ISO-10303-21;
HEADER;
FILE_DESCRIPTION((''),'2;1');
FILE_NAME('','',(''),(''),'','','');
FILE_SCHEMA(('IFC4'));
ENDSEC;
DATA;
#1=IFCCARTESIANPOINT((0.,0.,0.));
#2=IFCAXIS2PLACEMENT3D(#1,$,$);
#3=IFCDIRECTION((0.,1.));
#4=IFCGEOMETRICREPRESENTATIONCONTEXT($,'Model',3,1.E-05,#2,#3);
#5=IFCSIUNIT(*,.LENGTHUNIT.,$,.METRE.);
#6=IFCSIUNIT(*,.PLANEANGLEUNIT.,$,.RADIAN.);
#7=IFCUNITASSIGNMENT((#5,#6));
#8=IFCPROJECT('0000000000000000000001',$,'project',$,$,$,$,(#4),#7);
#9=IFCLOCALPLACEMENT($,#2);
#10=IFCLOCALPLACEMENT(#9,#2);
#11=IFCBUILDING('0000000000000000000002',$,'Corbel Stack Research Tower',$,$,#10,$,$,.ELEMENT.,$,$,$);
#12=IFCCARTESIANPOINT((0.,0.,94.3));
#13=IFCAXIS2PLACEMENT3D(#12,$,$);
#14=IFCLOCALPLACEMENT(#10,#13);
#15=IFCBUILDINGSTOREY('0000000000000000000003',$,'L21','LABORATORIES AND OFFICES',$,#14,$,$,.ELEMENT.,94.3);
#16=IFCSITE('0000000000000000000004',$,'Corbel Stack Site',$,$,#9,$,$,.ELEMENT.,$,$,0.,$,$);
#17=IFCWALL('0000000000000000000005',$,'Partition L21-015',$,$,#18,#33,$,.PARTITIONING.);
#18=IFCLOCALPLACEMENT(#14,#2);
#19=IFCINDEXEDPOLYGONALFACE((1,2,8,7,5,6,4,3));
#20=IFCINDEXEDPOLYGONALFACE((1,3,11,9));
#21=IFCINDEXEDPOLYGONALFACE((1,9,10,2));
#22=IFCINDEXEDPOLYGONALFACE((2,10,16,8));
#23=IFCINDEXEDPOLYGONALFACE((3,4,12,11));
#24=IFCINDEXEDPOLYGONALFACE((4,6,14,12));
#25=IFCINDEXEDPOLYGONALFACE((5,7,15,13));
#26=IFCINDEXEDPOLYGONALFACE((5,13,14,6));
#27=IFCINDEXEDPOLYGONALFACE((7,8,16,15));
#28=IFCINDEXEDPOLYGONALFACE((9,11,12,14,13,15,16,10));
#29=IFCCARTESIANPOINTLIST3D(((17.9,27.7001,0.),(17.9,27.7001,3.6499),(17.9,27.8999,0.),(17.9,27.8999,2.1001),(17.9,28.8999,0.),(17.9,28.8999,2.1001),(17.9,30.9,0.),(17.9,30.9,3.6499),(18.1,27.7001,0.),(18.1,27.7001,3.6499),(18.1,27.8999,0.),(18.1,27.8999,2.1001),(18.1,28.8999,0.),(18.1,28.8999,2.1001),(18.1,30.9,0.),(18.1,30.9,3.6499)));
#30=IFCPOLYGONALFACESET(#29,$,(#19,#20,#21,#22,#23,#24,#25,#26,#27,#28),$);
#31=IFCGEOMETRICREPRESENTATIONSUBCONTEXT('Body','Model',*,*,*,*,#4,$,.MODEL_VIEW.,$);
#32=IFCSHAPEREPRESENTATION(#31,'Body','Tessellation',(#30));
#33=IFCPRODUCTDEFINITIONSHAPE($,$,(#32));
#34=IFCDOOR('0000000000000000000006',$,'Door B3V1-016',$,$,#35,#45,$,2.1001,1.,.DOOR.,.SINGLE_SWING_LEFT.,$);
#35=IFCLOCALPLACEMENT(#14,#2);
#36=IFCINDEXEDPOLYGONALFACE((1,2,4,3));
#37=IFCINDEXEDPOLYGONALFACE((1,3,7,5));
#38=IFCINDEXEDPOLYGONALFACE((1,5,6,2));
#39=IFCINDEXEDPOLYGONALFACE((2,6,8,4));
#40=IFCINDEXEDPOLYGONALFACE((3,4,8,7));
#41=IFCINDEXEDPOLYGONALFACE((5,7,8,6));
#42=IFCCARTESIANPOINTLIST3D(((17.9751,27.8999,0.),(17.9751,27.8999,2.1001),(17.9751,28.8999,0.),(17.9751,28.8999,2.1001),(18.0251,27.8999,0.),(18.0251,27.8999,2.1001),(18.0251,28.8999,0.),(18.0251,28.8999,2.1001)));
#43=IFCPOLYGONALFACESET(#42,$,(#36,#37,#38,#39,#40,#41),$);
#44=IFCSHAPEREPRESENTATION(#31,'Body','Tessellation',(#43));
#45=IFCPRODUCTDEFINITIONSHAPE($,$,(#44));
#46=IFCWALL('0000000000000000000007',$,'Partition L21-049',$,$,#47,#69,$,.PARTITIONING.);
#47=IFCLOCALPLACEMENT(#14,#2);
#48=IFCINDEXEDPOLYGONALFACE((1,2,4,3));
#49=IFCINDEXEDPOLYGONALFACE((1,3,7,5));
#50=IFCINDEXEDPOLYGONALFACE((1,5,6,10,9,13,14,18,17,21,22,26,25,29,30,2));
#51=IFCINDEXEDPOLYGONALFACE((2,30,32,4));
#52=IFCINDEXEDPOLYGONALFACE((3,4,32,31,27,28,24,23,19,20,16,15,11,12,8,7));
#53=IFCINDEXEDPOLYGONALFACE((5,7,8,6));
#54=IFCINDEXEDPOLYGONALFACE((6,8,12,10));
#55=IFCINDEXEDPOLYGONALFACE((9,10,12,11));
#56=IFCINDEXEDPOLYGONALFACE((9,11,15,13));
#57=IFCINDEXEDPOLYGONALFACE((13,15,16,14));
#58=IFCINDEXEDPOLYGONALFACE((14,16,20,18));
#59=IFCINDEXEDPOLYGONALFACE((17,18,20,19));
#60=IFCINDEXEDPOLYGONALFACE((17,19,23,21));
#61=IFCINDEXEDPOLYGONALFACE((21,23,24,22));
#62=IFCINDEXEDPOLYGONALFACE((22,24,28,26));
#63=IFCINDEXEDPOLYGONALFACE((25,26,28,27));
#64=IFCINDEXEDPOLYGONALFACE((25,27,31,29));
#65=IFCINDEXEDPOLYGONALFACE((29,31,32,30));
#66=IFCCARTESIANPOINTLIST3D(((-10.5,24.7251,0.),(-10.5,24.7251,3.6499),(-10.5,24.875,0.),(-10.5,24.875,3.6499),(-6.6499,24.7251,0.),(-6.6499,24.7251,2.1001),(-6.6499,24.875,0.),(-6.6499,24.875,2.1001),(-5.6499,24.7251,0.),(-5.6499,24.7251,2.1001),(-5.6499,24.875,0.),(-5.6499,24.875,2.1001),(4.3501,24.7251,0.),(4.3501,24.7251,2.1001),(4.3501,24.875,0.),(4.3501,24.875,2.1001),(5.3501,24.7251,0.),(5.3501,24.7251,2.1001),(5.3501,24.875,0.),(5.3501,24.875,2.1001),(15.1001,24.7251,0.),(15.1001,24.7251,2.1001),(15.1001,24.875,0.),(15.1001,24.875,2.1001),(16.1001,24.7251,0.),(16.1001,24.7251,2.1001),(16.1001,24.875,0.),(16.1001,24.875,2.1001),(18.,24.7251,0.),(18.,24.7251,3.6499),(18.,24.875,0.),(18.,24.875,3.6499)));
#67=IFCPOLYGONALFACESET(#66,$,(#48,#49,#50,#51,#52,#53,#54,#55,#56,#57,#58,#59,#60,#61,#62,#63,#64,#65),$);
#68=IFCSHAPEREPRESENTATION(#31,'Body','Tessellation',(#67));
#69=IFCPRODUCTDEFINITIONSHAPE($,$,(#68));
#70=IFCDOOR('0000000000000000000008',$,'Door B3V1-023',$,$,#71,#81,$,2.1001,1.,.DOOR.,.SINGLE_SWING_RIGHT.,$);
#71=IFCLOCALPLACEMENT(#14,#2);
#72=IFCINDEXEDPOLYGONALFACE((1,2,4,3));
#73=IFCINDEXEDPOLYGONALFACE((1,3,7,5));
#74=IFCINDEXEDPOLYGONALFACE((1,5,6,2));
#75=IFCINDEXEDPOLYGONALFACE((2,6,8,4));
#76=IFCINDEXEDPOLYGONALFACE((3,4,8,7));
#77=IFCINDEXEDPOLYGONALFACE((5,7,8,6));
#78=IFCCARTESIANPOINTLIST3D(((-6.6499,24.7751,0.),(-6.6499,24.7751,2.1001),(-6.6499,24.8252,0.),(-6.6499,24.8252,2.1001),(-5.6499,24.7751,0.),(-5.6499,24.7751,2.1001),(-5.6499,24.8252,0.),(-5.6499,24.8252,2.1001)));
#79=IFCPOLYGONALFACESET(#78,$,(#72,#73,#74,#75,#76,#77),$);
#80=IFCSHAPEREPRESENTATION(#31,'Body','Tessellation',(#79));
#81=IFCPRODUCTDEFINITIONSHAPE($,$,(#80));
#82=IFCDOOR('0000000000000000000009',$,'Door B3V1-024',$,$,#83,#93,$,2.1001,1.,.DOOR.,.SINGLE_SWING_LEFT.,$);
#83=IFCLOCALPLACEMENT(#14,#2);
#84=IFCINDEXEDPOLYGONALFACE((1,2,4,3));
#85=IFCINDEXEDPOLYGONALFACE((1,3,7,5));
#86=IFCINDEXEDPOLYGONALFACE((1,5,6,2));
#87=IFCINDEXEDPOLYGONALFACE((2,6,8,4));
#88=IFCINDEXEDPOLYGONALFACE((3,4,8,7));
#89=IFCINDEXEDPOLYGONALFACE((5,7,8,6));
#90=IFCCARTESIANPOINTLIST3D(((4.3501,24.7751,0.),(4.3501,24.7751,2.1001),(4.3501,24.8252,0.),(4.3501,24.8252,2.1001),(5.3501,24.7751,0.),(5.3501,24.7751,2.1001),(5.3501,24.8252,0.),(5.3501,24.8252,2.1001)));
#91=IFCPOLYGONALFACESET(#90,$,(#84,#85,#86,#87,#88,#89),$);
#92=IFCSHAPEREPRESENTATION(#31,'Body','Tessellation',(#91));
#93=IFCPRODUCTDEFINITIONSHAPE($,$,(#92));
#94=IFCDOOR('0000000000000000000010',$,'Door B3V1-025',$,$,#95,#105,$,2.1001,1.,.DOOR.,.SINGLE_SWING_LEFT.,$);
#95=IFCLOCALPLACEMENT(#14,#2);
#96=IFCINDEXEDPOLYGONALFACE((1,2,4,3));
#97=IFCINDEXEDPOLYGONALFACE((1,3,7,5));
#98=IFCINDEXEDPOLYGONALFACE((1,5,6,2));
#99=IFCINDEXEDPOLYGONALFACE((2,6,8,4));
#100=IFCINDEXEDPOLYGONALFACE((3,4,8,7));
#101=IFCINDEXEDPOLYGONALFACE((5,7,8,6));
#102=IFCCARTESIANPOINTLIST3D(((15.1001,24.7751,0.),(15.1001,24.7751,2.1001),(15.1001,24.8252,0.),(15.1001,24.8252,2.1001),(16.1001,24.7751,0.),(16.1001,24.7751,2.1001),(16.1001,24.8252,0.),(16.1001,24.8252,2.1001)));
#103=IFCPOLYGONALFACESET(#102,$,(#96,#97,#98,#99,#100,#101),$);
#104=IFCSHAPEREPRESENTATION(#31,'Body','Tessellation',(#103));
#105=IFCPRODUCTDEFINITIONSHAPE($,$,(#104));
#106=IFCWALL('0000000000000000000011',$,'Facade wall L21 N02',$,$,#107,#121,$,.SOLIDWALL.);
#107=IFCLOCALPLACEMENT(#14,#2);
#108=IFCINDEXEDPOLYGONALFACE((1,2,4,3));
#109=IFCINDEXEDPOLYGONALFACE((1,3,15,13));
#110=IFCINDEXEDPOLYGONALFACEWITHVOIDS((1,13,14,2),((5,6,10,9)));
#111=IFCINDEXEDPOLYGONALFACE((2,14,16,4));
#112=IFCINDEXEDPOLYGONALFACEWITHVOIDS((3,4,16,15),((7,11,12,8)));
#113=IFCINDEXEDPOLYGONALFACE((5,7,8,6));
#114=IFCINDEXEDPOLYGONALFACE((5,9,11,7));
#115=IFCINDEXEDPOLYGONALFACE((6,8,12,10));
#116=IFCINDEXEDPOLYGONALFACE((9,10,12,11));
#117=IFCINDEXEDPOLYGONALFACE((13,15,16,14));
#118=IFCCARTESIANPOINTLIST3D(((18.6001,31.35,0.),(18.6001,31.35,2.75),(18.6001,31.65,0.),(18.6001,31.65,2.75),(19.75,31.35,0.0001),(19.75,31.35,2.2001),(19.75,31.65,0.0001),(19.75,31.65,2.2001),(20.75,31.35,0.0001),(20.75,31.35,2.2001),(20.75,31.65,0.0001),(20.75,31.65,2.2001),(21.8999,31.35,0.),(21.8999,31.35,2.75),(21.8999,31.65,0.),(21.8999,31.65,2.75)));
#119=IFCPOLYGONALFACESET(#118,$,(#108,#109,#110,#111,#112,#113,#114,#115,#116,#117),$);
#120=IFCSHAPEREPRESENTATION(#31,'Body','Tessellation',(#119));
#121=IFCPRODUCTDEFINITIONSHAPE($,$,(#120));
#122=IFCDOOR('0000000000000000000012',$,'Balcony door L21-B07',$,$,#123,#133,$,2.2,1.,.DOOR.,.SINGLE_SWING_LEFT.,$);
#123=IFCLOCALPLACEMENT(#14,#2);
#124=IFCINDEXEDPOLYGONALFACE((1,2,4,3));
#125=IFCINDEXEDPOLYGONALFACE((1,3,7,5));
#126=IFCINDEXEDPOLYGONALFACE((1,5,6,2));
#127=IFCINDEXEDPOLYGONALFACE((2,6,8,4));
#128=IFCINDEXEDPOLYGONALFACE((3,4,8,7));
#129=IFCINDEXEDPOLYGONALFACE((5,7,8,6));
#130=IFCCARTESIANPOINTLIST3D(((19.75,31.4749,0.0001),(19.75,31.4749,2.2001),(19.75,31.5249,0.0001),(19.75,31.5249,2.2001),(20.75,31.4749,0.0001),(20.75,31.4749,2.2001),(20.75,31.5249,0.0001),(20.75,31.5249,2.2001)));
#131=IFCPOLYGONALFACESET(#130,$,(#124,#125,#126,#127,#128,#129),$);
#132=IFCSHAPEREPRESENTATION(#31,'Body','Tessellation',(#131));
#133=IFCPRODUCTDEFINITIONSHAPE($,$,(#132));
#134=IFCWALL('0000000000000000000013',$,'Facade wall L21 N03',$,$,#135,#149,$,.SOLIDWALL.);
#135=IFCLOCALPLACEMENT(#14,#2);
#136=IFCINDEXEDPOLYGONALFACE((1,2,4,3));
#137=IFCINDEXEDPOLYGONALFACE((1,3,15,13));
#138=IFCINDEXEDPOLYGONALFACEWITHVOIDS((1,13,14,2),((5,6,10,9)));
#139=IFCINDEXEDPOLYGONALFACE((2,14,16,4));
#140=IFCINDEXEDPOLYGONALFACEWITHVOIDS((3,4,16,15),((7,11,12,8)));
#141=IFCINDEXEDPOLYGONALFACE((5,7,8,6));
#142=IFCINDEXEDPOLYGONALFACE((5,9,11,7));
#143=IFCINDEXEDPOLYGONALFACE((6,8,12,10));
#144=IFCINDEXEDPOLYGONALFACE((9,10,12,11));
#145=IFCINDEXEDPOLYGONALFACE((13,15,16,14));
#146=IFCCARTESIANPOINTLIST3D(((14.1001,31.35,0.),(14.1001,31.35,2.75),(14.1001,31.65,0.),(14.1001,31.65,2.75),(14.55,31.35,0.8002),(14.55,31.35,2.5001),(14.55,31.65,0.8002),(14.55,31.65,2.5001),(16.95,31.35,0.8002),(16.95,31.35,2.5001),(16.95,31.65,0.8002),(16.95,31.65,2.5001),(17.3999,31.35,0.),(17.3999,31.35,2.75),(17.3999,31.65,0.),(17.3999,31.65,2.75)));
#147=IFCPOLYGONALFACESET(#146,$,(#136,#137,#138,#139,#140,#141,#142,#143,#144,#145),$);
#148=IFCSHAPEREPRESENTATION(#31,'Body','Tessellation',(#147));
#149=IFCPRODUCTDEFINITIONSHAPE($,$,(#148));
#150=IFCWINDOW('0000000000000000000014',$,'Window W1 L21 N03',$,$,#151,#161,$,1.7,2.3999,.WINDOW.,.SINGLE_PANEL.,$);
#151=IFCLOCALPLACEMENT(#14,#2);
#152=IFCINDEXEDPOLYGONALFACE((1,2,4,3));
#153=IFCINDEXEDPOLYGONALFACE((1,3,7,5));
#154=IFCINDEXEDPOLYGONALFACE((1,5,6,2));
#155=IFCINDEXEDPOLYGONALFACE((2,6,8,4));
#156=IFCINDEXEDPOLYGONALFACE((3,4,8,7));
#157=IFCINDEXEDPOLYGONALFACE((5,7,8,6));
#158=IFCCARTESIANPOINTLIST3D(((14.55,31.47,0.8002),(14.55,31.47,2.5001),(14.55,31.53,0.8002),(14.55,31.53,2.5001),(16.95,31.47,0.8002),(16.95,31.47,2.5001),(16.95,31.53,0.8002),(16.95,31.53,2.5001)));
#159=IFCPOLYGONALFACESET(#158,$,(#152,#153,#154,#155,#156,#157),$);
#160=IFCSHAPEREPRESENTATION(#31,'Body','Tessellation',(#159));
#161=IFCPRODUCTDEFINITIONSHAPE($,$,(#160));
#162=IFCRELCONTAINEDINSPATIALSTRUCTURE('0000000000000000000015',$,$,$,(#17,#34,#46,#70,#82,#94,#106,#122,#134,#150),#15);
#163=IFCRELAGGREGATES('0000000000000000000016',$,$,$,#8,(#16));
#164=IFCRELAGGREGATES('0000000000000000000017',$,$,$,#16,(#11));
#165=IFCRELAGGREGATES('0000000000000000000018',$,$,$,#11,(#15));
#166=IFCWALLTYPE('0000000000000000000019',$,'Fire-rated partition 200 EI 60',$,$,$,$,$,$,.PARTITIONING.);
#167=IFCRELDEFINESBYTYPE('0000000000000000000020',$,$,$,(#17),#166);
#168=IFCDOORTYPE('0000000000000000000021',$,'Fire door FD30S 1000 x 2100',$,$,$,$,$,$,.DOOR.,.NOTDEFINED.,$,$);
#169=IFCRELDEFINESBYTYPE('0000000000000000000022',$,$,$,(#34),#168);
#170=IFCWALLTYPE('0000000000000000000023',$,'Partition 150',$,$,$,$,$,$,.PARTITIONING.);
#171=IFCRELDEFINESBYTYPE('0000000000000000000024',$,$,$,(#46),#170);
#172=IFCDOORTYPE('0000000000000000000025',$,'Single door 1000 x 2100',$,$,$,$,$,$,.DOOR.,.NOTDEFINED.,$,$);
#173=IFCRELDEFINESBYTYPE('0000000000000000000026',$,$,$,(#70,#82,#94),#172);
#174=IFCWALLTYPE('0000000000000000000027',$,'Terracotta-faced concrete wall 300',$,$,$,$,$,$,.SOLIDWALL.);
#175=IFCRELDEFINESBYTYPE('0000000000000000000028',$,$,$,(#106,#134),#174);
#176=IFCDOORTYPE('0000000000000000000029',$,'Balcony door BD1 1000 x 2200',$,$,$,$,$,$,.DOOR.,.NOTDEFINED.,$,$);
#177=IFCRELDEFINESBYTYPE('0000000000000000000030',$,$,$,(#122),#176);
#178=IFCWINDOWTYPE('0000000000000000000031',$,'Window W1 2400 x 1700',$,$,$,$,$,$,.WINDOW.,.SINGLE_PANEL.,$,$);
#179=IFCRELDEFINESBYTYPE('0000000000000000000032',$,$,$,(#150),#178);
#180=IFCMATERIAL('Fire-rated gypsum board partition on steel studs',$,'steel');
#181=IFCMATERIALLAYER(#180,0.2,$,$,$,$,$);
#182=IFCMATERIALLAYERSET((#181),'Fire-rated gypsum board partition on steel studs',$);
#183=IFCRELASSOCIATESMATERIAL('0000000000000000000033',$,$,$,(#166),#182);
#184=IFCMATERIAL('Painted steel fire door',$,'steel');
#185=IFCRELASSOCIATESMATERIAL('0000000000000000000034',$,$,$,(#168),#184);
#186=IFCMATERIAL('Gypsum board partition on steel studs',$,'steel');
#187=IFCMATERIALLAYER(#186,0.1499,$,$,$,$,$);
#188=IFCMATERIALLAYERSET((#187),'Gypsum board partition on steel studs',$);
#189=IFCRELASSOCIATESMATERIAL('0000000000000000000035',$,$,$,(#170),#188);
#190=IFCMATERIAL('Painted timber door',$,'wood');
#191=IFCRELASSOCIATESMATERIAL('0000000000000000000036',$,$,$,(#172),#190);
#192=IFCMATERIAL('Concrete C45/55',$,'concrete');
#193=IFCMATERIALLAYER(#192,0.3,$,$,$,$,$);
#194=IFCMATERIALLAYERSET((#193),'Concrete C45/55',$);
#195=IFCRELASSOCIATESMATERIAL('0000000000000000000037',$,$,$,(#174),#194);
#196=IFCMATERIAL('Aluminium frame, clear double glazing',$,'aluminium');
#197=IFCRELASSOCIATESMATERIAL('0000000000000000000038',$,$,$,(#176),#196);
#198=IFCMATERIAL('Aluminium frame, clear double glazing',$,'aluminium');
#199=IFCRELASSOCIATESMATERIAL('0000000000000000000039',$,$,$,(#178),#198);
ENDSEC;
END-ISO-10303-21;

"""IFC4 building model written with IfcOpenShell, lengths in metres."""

from ifc_helpers import new_model, si_unit, direction, frame, frame_2d, origin, place, context, subcontext, project, spatial, rectangle, extrude, material, layer, layer_set, type_object, element, fill, save


model = new_model("IFC4")

# Units and contexts
model_context = context("Model", 3, precision=1e-05, world=origin(), true_north=direction((0.0, 1.0)))
body_context = subcontext(model_context, "Body", "Model", "MODEL_VIEW")
ifc_project = project(units=[si_unit("LENGTHUNIT", "METRE"), si_unit("PLANEANGLEUNIT", "RADIAN")], contexts=[model_context])

# Site, building, storey
site_placement = place(None, origin())
site = spatial("IfcSite", under=ifc_project, at=site_placement, Name="Corbel Stack Site", CompositionType="ELEMENT", RefElevation=0.0)
building_placement = place(site_placement, origin())
building = spatial("IfcBuilding", under=site, at=building_placement, Name="Corbel Stack Research Tower", CompositionType="ELEMENT")
storey_placement = place(building_placement, frame((0.0, 0.0, 94.3)))
storey = spatial("IfcBuildingStorey", under=building, at=storey_placement, Name="L21", Description="LABORATORIES AND OFFICES", CompositionType="ELEMENT", Elevation=94.3)

# Shared definitions
ifc_material_1 = material(Name="Fire-rated gypsum board partition on steel studs", Category="steel")
ifc_layer_1 = layer(ifc_material_1, 0.2)
ifc_layer_set_1 = layer_set([ifc_layer_1], Name="Fire-rated gypsum board partition on steel studs")
wall_type_1 = type_object("IfcWallType", Name="Fire-rated partition 200 EI 60", PredefinedType="PARTITIONING", material=ifc_layer_set_1)

# Wall, opening, door
wall_1_placement = place(storey_placement, frame((18.0, 27.7, 0.0), z_axis=(0.0, 0.0, 1.0), x_axis=(0.0, 1.0, 0.0)))
wall_1 = element("IfcWall", 1, at=wall_1_placement, inside=storey, type_object=wall_type_1, Name="Partition L21-015", PredefinedType="PARTITIONING", context=body_context, shape_type="SweptSolid", body=[
    extrude(rectangle(XDim=3.2, YDim=0.2, at=frame_2d((1.6001, 0.0))), origin(), (0.0, 0.0, 1.0), 3.6499),
])
opening_1_placement = place(wall_1_placement, frame((0.2, 0.0, 0.0)))
opening_1 = element("IfcOpeningElement", 2, at=opening_1_placement, cuts=wall_1, PredefinedType="OPENING", context=body_context, shape_type="SweptSolid", body=[
    extrude(rectangle(XDim=1.0, YDim=2.1001, at=frame_2d((0.5, 1.05))), frame((0.0, 0.1099, 0.0), z_axis=(0.0, -1.0, 0.0), x_axis=(1.0, 0.0, 0.0)), (0.0, 0.0, 1.0), 0.22),
])
ifc_material_2 = material(Name="Painted steel fire door", Category="steel")
door_type_1 = type_object("IfcDoorType", Name="Fire door FD30S 1000 x 2100", OperationType="NOTDEFINED", PredefinedType="DOOR", material=ifc_material_2)
door_1_placement = place(opening_1_placement, origin())
door_1 = element("IfcDoor", 3, at=door_1_placement, inside=storey, type_object=door_type_1, Name="Door B3V1-016", OperationType="SINGLE_SWING_LEFT", OverallHeight=2.1001, OverallWidth=1.0, PredefinedType="DOOR", context=body_context, shape_type="SweptSolid", body=[
    extrude(rectangle(XDim=1.0, YDim=2.1001, at=frame_2d((0.5, 1.05))), frame((0.0, 0.0249, 0.0), z_axis=(0.0, -1.0, 0.0), x_axis=(1.0, 0.0, 0.0)), (0.0, 0.0, 1.0), 0.05),
])
fill(opening_1, door_1)

# Wall, openings, doors
ifc_material_3 = material(Name="Gypsum board partition on steel studs", Category="steel")
ifc_layer_2 = layer(ifc_material_3, 0.1499)
ifc_layer_set_2 = layer_set([ifc_layer_2], Name="Gypsum board partition on steel studs")
wall_type_2 = type_object("IfcWallType", Name="Partition 150", PredefinedType="PARTITIONING", material=ifc_layer_set_2)
wall_2_placement = place(storey_placement, frame((18.0, 24.8, 0.0), z_axis=(0.0, 0.0, 1.0), x_axis=(-1.0, 0.0, 0.0)))
wall_2 = element("IfcWall", 4, at=wall_2_placement, inside=storey, type_object=wall_type_2, Name="Partition L21-049", PredefinedType="PARTITIONING", context=body_context, shape_type="SweptSolid", body=[
    extrude(rectangle(XDim=28.5, YDim=0.1499, at=frame_2d((14.25, 0.0))), origin(), (0.0, 0.0, 1.0), 3.6499),
])
opening_2_placement = place(wall_2_placement, frame((23.6499, 0.0, 0.0)))
opening_2 = element("IfcOpeningElement", 5, at=opening_2_placement, cuts=wall_2, PredefinedType="OPENING", context=body_context, shape_type="SweptSolid", body=[
    extrude(rectangle(XDim=1.0, YDim=2.1001, at=frame_2d((0.5, 1.05))), frame((0.0, 0.085, 0.0), z_axis=(0.0, -1.0, 0.0), x_axis=(1.0, 0.0, 0.0)), (0.0, 0.0, 1.0), 0.1699),
])
opening_3_placement = place(wall_2_placement, frame((12.6499, 0.0, 0.0)))
opening_3 = element("IfcOpeningElement", 6, at=opening_3_placement, cuts=wall_2, PredefinedType="OPENING", context=body_context, shape_type="SweptSolid", body=[
    extrude(rectangle(XDim=1.0, YDim=2.1001, at=frame_2d((0.5, 1.05))), frame((0.0, 0.085, 0.0), z_axis=(0.0, -1.0, 0.0), x_axis=(1.0, 0.0, 0.0)), (0.0, 0.0, 1.0), 0.1699),
])
opening_4_placement = place(wall_2_placement, frame((1.8999, 0.0, 0.0)))
opening_4 = element("IfcOpeningElement", 7, at=opening_4_placement, cuts=wall_2, PredefinedType="OPENING", context=body_context, shape_type="SweptSolid", body=[
    extrude(rectangle(XDim=1.0, YDim=2.1001, at=frame_2d((0.5, 1.05))), frame((0.0, 0.085, 0.0), z_axis=(0.0, -1.0, 0.0), x_axis=(1.0, 0.0, 0.0)), (0.0, 0.0, 1.0), 0.1699),
])
ifc_material_4 = material(Name="Painted timber door", Category="wood")
door_type_2 = type_object("IfcDoorType", Name="Single door 1000 x 2100", OperationType="NOTDEFINED", PredefinedType="DOOR", material=ifc_material_4)
door_2_placement = place(opening_2_placement, origin())
door_2 = element("IfcDoor", 8, at=door_2_placement, inside=storey, type_object=door_type_2, Name="Door B3V1-023", OperationType="SINGLE_SWING_RIGHT", OverallHeight=2.1001, OverallWidth=1.0, PredefinedType="DOOR", context=body_context, shape_type="SweptSolid", body=[
    extrude(rectangle(XDim=1.0, YDim=2.1001, at=frame_2d((0.5, 1.05))), frame((0.0, 0.0249, 0.0), z_axis=(0.0, -1.0, 0.0), x_axis=(1.0, 0.0, 0.0)), (0.0, 0.0, 1.0), 0.05),
])
fill(opening_2, door_2)
door_3_placement = place(opening_3_placement, origin())
door_3 = element("IfcDoor", 9, at=door_3_placement, inside=storey, type_object=door_type_2, Name="Door B3V1-024", OperationType="SINGLE_SWING_LEFT", OverallHeight=2.1001, OverallWidth=1.0, PredefinedType="DOOR", context=body_context, shape_type="SweptSolid", body=[
    extrude(rectangle(XDim=1.0, YDim=2.1001, at=frame_2d((0.5, 1.05))), frame((0.0, 0.0249, 0.0), z_axis=(0.0, -1.0, 0.0), x_axis=(1.0, 0.0, 0.0)), (0.0, 0.0, 1.0), 0.05),
])
fill(opening_3, door_3)
door_4_placement = place(opening_4_placement, origin())
door_4 = element("IfcDoor", 10, at=door_4_placement, inside=storey, type_object=door_type_2, Name="Door B3V1-025", OperationType="SINGLE_SWING_LEFT", OverallHeight=2.1001, OverallWidth=1.0, PredefinedType="DOOR", context=body_context, shape_type="SweptSolid", body=[
    extrude(rectangle(XDim=1.0, YDim=2.1001, at=frame_2d((0.5, 1.05))), frame((0.0, 0.0249, 0.0), z_axis=(0.0, -1.0, 0.0), x_axis=(1.0, 0.0, 0.0)), (0.0, 0.0, 1.0), 0.05),
])
fill(opening_4, door_4)

# Wall, opening, door
ifc_material_5 = material(Name="Concrete C45/55", Category="concrete")
ifc_layer_3 = layer(ifc_material_5, 0.3)
ifc_layer_set_3 = layer_set([ifc_layer_3], Name="Concrete C45/55")
wall_type_3 = type_object("IfcWallType", Name="Terracotta-faced concrete wall 300", PredefinedType="SOLIDWALL", material=ifc_layer_set_3)
wall_3_placement = place(storey_placement, frame((18.6001, 31.5, 0.0), z_axis=(0.0, 0.0, 1.0), x_axis=(1.0, 0.0, 0.0)))
wall_3 = element("IfcWall", 11, at=wall_3_placement, inside=storey, type_object=wall_type_3, Name="Facade wall L21 N02", PredefinedType="SOLIDWALL", context=body_context, shape_type="SweptSolid", body=[
    extrude(rectangle(XDim=3.2998, YDim=0.3, at=frame_2d((1.6499, 0.0))), origin(), (0.0, 0.0, 1.0), 2.75),
])
opening_5_placement = place(wall_3_placement, frame((1.1499, 0.0, 0.0)))
opening_5 = element("IfcOpeningElement", 12, at=opening_5_placement, cuts=wall_3, PredefinedType="OPENING", context=body_context, shape_type="SweptSolid", body=[
    extrude(rectangle(XDim=1.0, YDim=2.2, at=frame_2d((0.5, 1.1001))), frame((0.0, 0.1599, 0.0), z_axis=(0.0, -1.0, 0.0), x_axis=(1.0, 0.0, 0.0)), (0.0, 0.0, 1.0), 0.3201),
])
ifc_material_6 = material(Name="Aluminium frame, clear double glazing", Category="aluminium")
door_type_3 = type_object("IfcDoorType", Name="Balcony door BD1 1000 x 2200", OperationType="NOTDEFINED", PredefinedType="DOOR", material=ifc_material_6)
door_5_placement = place(opening_5_placement, origin())
door_5 = element("IfcDoor", 13, at=door_5_placement, inside=storey, type_object=door_type_3, Name="Balcony door L21-B07", OperationType="SINGLE_SWING_LEFT", OverallHeight=2.2, OverallWidth=1.0, PredefinedType="DOOR", context=body_context, shape_type="SweptSolid", body=[
    extrude(rectangle(XDim=1.0, YDim=2.2, at=frame_2d((0.5, 1.1001))), frame((0.0, 0.0249, 0.0), z_axis=(0.0, -1.0, 0.0), x_axis=(1.0, 0.0, 0.0)), (0.0, 0.0, 1.0), 0.05),
])
fill(opening_5, door_5)

# Wall, opening, window
wall_4_placement = place(storey_placement, frame((14.1001, 31.5, 0.0), z_axis=(0.0, 0.0, 1.0), x_axis=(1.0, 0.0, 0.0)))
wall_4 = element("IfcWall", 14, at=wall_4_placement, inside=storey, type_object=wall_type_3, Name="Facade wall L21 N03", PredefinedType="SOLIDWALL", context=body_context, shape_type="SweptSolid", body=[
    extrude(rectangle(XDim=3.2998, YDim=0.3, at=frame_2d((1.6499, 0.0))), origin(), (0.0, 0.0, 1.0), 2.75),
])
opening_6_placement = place(wall_4_placement, frame((0.45, 0.0, 0.8)))
opening_6 = element("IfcOpeningElement", 15, at=opening_6_placement, cuts=wall_4, PredefinedType="OPENING", context=body_context, shape_type="SweptSolid", body=[
    extrude(rectangle(XDim=2.3999, YDim=1.7, at=frame_2d((1.2, 0.8501))), frame((0.0, 0.1599, 0.0), z_axis=(0.0, -1.0, 0.0), x_axis=(1.0, 0.0, 0.0)), (0.0, 0.0, 1.0), 0.3201),
])
ifc_material_7 = material(Name="Aluminium frame, clear double glazing", Category="aluminium")
window_type = type_object("IfcWindowType", Name="Window W1 2400 x 1700", PartitioningType="SINGLE_PANEL", PredefinedType="WINDOW", material=ifc_material_7)
window_1_placement = place(opening_6_placement, origin())
window_1 = element("IfcWindow", 16, at=window_1_placement, inside=storey, type_object=window_type, Name="Window W1 L21 N03", OverallHeight=1.7, OverallWidth=2.3999, PartitioningType="SINGLE_PANEL", PredefinedType="WINDOW", context=body_context, shape_type="SweptSolid", body=[
    extrude(rectangle(XDim=2.3999, YDim=1.7, at=frame_2d((1.2, 0.8501))), frame((0.0, 0.03, 0.0), z_axis=(0.0, -1.0, 0.0), x_axis=(1.0, 0.0, 0.0)), (0.0, 0.0, 1.0), 0.0601),
])
fill(opening_6, window_1)

save(model, "model.ifc")
